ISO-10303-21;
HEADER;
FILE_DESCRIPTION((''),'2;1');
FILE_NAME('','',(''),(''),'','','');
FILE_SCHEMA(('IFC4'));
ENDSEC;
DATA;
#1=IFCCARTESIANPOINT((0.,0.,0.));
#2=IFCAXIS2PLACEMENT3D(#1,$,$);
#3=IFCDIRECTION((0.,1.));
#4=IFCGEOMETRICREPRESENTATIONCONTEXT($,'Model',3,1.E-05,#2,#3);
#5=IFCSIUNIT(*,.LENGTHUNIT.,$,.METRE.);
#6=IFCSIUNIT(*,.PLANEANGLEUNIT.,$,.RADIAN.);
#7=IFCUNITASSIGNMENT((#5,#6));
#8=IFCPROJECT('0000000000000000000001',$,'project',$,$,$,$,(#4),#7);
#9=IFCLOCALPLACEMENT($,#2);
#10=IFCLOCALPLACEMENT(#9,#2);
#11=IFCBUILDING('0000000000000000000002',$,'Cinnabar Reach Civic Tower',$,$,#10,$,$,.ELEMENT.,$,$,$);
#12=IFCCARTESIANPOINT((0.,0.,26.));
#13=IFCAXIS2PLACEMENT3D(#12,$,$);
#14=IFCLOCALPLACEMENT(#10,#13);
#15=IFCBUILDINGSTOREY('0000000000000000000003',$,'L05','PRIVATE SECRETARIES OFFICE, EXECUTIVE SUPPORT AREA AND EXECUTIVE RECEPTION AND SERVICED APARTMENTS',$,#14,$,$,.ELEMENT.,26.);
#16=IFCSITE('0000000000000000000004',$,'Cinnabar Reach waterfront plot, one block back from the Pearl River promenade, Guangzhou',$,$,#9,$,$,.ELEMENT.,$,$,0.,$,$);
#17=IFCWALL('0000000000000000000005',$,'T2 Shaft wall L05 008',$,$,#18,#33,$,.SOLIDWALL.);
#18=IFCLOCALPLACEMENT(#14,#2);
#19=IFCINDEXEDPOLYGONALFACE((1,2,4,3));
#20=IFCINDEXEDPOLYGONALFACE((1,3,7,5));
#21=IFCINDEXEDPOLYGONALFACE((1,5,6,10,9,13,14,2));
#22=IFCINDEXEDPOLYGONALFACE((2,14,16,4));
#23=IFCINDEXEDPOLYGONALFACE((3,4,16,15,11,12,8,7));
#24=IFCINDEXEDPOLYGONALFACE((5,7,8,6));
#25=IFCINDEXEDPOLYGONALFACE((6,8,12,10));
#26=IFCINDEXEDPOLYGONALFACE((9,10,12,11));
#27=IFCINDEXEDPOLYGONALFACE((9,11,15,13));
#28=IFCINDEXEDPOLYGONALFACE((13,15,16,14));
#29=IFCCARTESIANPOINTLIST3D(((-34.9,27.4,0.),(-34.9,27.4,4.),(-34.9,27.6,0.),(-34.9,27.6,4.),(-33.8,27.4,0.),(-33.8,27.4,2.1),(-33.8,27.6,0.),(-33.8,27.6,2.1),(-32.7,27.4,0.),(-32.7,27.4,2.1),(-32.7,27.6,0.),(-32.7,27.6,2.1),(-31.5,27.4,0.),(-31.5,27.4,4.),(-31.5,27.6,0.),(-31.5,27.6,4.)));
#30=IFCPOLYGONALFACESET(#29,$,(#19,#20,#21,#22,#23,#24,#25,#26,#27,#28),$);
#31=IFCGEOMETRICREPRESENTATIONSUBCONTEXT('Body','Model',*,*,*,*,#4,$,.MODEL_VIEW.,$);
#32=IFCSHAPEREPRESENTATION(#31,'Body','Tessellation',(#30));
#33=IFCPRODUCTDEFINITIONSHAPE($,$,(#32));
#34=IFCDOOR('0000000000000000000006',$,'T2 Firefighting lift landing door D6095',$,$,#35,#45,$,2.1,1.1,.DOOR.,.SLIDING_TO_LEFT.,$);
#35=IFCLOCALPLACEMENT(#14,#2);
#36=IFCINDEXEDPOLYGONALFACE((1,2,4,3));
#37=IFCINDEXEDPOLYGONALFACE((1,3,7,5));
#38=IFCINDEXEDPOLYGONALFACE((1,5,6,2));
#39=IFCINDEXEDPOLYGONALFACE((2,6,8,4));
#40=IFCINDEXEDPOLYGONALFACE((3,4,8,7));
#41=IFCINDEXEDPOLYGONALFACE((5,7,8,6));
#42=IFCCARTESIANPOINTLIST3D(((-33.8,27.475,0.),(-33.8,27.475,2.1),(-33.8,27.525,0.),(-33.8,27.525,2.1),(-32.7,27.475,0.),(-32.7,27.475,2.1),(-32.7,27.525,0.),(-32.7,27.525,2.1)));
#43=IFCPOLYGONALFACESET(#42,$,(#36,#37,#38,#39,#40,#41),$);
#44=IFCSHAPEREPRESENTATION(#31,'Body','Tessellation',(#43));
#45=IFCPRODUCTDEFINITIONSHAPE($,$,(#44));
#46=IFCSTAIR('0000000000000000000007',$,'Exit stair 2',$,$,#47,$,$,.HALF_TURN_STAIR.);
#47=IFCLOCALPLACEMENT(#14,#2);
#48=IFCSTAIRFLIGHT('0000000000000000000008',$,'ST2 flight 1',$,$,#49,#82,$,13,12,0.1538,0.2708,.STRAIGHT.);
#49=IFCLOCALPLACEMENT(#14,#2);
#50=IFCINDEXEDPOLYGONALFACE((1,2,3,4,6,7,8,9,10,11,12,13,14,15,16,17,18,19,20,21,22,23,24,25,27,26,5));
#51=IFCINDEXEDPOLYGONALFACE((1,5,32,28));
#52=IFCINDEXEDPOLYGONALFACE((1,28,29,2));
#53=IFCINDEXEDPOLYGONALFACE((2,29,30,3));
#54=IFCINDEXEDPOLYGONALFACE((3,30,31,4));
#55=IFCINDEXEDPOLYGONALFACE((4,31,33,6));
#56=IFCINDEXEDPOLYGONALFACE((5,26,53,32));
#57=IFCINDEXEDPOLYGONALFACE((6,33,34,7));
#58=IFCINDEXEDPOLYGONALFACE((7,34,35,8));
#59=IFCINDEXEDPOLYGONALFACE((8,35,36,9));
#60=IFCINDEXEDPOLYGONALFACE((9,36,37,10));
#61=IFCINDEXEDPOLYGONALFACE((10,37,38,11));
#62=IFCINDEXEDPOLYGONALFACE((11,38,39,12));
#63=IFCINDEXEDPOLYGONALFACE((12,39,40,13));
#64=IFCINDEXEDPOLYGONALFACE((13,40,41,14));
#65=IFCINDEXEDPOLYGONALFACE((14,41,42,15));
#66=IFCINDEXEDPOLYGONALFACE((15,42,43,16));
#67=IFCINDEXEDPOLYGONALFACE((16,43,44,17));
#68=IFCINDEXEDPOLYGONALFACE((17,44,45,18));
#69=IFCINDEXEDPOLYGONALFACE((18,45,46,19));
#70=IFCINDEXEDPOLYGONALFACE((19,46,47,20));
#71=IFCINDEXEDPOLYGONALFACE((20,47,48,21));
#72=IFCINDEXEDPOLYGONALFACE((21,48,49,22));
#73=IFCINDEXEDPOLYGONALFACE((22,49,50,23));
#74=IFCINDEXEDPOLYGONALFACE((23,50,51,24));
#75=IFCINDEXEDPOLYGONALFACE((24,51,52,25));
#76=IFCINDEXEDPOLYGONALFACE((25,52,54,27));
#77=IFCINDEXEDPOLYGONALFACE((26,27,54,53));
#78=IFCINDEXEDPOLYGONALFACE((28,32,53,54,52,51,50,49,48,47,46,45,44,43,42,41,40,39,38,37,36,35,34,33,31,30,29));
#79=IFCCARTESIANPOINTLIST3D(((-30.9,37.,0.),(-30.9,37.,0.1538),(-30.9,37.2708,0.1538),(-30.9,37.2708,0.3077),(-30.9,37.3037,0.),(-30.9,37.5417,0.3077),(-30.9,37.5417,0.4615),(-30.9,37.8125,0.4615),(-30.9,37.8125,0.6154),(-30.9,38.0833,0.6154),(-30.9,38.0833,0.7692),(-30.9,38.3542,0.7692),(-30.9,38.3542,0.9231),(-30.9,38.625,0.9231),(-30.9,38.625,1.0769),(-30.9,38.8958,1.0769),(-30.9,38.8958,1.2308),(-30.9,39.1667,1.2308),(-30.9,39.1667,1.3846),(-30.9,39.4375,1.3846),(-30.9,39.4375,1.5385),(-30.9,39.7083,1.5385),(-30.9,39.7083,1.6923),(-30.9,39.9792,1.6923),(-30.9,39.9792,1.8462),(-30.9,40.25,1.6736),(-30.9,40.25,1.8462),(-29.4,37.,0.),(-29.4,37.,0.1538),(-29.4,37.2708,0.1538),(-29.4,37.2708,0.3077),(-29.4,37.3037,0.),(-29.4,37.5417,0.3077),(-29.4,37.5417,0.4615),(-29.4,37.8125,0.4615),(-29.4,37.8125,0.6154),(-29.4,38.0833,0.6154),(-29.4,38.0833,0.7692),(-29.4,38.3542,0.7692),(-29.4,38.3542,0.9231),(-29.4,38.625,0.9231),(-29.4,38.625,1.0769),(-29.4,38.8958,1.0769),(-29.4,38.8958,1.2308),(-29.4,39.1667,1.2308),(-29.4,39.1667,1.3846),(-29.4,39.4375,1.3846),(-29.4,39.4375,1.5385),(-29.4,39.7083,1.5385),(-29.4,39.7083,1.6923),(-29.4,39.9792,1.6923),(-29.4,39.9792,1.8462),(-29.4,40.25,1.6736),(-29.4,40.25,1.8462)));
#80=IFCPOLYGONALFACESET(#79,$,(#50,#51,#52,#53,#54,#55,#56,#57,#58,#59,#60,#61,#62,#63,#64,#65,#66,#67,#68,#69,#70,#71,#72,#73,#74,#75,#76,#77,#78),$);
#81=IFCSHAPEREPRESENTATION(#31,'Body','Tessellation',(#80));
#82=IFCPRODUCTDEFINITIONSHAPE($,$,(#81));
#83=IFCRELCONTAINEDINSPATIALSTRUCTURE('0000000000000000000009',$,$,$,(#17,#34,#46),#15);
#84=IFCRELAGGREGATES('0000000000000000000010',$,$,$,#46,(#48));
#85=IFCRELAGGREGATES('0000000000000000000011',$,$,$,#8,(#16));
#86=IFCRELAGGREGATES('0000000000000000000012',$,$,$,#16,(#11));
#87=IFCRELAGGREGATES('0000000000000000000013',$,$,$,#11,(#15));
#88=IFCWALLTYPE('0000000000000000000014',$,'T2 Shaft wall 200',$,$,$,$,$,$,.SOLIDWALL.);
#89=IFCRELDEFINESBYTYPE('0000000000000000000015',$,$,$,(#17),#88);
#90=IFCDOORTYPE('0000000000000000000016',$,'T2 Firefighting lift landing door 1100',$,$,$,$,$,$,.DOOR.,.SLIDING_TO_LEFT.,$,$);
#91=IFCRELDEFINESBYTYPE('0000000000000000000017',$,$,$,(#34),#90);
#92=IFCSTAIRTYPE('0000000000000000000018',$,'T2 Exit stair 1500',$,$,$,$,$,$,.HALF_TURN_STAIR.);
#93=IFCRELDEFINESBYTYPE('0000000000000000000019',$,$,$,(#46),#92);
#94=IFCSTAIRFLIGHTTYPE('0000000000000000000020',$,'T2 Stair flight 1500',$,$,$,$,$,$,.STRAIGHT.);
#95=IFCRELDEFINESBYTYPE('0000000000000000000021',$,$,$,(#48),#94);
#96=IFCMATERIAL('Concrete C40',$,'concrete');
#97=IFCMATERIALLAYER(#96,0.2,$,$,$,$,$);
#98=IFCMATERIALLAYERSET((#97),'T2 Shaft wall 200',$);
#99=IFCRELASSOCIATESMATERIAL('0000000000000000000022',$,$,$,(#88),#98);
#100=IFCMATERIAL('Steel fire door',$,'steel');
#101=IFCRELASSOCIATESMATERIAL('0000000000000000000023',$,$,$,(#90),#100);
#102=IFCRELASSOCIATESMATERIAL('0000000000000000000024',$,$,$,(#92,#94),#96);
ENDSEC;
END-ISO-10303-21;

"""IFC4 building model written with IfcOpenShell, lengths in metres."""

from ifc_helpers import new_model, si_unit, direction, frame, frame_2d, origin, place, context, subcontext, project, spatial, polyline, rectangle, outline, extrude, material, layer, layer_set, type_object, element, fill, aggregate, save


model = new_model("IFC4")

# Units and contexts
model_context = context("Model", 3, precision=1e-05, world=origin(), true_north=direction((0.0, 1.0)))
body_context = subcontext(model_context, "Body", "Model", "MODEL_VIEW")
ifc_project = project(units=[si_unit("LENGTHUNIT", "METRE"), si_unit("PLANEANGLEUNIT", "RADIAN")], contexts=[model_context])

# Site, building, storey
site_placement = place(None, origin())
site = spatial("IfcSite", under=ifc_project, at=site_placement, Name="Cinnabar Reach waterfront plot, one block back from the Pearl River promenade, Guangzhou", CompositionType="ELEMENT", RefElevation=0.0)
building_placement = place(site_placement, origin())
building = spatial("IfcBuilding", under=site, at=building_placement, Name="Cinnabar Reach Civic Tower", CompositionType="ELEMENT")
storey_placement = place(building_placement, frame((0.0, 0.0, 26.0)))
storey = spatial("IfcBuildingStorey", under=building, at=storey_placement, Name="L05", Description="PRIVATE SECRETARIES OFFICE, EXECUTIVE SUPPORT AREA AND EXECUTIVE RECEPTION AND SERVICED APARTMENTS", CompositionType="ELEMENT", Elevation=26.0)

# Shared definitions
ifc_material_1 = material(Name="Steel fire door", Category="steel")

# Shared definitions
ifc_material_2 = material(Name="Concrete C40", Category="concrete")
ifc_layer_1 = layer(ifc_material_2, 0.2)
ifc_layer_set_1 = layer_set([ifc_layer_1], Name="T2 Shaft wall 200")
wall_type_1 = type_object("IfcWallType", Name="T2 Shaft wall 200", PredefinedType="SOLIDWALL", material=ifc_layer_set_1)

# Wall, opening, door
wall_1_placement = place(storey_placement, frame((-34.9, 27.5, 0.0), z_axis=(0.0, 0.0, 1.0), x_axis=(1.0, 0.0, 0.0)))
wall_1 = element("IfcWall", 1, at=wall_1_placement, inside=storey, type_object=wall_type_1, Name="T2 Shaft wall L05 008", PredefinedType="SOLIDWALL", context=body_context, shape_type="SweptSolid", body=[
    extrude(rectangle(XDim=3.4, YDim=0.2, at=frame_2d((1.7, 0.0))), origin(), (0.0, 0.0, 1.0), 4.0),
])
opening_1_placement = place(wall_1_placement, frame((1.1, 0.0, 0.0)))
opening_1 = element("IfcOpeningElement", 2, at=opening_1_placement, cuts=wall_1, PredefinedType="OPENING", context=body_context, shape_type="SweptSolid", body=[
    extrude(rectangle(XDim=1.1, YDim=2.1, at=frame_2d((0.55, 1.05))), frame((0.0, 0.11, 0.0), z_axis=(0.0, -1.0, 0.0), x_axis=(1.0, 0.0, 0.0)), (0.0, 0.0, 1.0), 0.22),
])
door_type_1 = type_object("IfcDoorType", Name="T2 Firefighting lift landing door 1100", OperationType="SLIDING_TO_LEFT", PredefinedType="DOOR", material=ifc_material_1)
door_1_placement = place(opening_1_placement, origin())
door_1 = element("IfcDoor", 3, at=door_1_placement, inside=storey, type_object=door_type_1, Name="T2 Firefighting lift landing door D6095", OperationType="SLIDING_TO_LEFT", OverallHeight=2.1, OverallWidth=1.1, PredefinedType="DOOR", context=body_context, shape_type="SweptSolid", body=[
    extrude(rectangle(XDim=1.1, YDim=2.1, at=frame_2d((0.55, 1.05))), frame((0.0, 0.025, 0.0), z_axis=(0.0, -1.0, 0.0), x_axis=(1.0, 0.0, 0.0)), (0.0, 0.0, 1.0), 0.05),
])
fill(opening_1, door_1)

# Stair, stair flight
stair_type = type_object("IfcStairType", Name="T2 Exit stair 1500", PredefinedType="HALF_TURN_STAIR", material=ifc_material_2)
stair_placement = place(storey_placement, origin())
stair = element("IfcStair", 4, at=stair_placement, inside=storey, type_object=stair_type, Name="Exit stair 2", PredefinedType="HALF_TURN_STAIR")
stair_flight_type = type_object("IfcStairFlightType", Name="T2 Stair flight 1500", PredefinedType="STRAIGHT", material=ifc_material_2)
stair_flight_placement = place(storey_placement, frame((-30.15, 37.0, 0.0), z_axis=(0.0, 0.0, 1.0), x_axis=(0.0, 1.0, 0.0)))
stair_flight = element("IfcStairFlight", 5, at=stair_flight_placement, type_object=stair_flight_type, Name="ST2 flight 1", NumberOfRisers=13, NumberOfTreads=12, PredefinedType="STRAIGHT", RiserHeight=0.1538, TreadLength=0.2708, context=body_context, shape_type="SweptSolid", body=[
    extrude(outline(polyline([(0.0, 0.0), (0.0, 0.1538), (0.2708, 0.1538), (0.2708, 0.3077), (0.5417, 0.3077), (0.5417, 0.4615), (0.8125, 0.4615), (0.8125, 0.6154), (1.0833, 0.6154), (1.0833, 0.7692), (1.3542, 0.7692), (1.3542, 0.9231), (1.625, 0.9231), (1.625, 1.0769), (1.8958, 1.0769), (1.8958, 1.2308), (2.1667, 1.2308), (2.1667, 1.3846), (2.4375, 1.3846), (2.4375, 1.5385), (2.7083, 1.5385), (2.7083, 1.6923), (2.9792, 1.6923), (2.9792, 1.8462), (3.25, 1.8462), (3.25, 2.0), (3.25, 1.6736), (0.3037, 0.0), (0.0, 0.0)])), frame((0.0, 0.75, 0.0), z_axis=(0.0, -1.0, 0.0), x_axis=(1.0, 0.0, 0.0)), (0.0, 0.0, 1.0), 1.5),
])
aggregate(stair, [stair_flight])

save(model, "model.ifc")
